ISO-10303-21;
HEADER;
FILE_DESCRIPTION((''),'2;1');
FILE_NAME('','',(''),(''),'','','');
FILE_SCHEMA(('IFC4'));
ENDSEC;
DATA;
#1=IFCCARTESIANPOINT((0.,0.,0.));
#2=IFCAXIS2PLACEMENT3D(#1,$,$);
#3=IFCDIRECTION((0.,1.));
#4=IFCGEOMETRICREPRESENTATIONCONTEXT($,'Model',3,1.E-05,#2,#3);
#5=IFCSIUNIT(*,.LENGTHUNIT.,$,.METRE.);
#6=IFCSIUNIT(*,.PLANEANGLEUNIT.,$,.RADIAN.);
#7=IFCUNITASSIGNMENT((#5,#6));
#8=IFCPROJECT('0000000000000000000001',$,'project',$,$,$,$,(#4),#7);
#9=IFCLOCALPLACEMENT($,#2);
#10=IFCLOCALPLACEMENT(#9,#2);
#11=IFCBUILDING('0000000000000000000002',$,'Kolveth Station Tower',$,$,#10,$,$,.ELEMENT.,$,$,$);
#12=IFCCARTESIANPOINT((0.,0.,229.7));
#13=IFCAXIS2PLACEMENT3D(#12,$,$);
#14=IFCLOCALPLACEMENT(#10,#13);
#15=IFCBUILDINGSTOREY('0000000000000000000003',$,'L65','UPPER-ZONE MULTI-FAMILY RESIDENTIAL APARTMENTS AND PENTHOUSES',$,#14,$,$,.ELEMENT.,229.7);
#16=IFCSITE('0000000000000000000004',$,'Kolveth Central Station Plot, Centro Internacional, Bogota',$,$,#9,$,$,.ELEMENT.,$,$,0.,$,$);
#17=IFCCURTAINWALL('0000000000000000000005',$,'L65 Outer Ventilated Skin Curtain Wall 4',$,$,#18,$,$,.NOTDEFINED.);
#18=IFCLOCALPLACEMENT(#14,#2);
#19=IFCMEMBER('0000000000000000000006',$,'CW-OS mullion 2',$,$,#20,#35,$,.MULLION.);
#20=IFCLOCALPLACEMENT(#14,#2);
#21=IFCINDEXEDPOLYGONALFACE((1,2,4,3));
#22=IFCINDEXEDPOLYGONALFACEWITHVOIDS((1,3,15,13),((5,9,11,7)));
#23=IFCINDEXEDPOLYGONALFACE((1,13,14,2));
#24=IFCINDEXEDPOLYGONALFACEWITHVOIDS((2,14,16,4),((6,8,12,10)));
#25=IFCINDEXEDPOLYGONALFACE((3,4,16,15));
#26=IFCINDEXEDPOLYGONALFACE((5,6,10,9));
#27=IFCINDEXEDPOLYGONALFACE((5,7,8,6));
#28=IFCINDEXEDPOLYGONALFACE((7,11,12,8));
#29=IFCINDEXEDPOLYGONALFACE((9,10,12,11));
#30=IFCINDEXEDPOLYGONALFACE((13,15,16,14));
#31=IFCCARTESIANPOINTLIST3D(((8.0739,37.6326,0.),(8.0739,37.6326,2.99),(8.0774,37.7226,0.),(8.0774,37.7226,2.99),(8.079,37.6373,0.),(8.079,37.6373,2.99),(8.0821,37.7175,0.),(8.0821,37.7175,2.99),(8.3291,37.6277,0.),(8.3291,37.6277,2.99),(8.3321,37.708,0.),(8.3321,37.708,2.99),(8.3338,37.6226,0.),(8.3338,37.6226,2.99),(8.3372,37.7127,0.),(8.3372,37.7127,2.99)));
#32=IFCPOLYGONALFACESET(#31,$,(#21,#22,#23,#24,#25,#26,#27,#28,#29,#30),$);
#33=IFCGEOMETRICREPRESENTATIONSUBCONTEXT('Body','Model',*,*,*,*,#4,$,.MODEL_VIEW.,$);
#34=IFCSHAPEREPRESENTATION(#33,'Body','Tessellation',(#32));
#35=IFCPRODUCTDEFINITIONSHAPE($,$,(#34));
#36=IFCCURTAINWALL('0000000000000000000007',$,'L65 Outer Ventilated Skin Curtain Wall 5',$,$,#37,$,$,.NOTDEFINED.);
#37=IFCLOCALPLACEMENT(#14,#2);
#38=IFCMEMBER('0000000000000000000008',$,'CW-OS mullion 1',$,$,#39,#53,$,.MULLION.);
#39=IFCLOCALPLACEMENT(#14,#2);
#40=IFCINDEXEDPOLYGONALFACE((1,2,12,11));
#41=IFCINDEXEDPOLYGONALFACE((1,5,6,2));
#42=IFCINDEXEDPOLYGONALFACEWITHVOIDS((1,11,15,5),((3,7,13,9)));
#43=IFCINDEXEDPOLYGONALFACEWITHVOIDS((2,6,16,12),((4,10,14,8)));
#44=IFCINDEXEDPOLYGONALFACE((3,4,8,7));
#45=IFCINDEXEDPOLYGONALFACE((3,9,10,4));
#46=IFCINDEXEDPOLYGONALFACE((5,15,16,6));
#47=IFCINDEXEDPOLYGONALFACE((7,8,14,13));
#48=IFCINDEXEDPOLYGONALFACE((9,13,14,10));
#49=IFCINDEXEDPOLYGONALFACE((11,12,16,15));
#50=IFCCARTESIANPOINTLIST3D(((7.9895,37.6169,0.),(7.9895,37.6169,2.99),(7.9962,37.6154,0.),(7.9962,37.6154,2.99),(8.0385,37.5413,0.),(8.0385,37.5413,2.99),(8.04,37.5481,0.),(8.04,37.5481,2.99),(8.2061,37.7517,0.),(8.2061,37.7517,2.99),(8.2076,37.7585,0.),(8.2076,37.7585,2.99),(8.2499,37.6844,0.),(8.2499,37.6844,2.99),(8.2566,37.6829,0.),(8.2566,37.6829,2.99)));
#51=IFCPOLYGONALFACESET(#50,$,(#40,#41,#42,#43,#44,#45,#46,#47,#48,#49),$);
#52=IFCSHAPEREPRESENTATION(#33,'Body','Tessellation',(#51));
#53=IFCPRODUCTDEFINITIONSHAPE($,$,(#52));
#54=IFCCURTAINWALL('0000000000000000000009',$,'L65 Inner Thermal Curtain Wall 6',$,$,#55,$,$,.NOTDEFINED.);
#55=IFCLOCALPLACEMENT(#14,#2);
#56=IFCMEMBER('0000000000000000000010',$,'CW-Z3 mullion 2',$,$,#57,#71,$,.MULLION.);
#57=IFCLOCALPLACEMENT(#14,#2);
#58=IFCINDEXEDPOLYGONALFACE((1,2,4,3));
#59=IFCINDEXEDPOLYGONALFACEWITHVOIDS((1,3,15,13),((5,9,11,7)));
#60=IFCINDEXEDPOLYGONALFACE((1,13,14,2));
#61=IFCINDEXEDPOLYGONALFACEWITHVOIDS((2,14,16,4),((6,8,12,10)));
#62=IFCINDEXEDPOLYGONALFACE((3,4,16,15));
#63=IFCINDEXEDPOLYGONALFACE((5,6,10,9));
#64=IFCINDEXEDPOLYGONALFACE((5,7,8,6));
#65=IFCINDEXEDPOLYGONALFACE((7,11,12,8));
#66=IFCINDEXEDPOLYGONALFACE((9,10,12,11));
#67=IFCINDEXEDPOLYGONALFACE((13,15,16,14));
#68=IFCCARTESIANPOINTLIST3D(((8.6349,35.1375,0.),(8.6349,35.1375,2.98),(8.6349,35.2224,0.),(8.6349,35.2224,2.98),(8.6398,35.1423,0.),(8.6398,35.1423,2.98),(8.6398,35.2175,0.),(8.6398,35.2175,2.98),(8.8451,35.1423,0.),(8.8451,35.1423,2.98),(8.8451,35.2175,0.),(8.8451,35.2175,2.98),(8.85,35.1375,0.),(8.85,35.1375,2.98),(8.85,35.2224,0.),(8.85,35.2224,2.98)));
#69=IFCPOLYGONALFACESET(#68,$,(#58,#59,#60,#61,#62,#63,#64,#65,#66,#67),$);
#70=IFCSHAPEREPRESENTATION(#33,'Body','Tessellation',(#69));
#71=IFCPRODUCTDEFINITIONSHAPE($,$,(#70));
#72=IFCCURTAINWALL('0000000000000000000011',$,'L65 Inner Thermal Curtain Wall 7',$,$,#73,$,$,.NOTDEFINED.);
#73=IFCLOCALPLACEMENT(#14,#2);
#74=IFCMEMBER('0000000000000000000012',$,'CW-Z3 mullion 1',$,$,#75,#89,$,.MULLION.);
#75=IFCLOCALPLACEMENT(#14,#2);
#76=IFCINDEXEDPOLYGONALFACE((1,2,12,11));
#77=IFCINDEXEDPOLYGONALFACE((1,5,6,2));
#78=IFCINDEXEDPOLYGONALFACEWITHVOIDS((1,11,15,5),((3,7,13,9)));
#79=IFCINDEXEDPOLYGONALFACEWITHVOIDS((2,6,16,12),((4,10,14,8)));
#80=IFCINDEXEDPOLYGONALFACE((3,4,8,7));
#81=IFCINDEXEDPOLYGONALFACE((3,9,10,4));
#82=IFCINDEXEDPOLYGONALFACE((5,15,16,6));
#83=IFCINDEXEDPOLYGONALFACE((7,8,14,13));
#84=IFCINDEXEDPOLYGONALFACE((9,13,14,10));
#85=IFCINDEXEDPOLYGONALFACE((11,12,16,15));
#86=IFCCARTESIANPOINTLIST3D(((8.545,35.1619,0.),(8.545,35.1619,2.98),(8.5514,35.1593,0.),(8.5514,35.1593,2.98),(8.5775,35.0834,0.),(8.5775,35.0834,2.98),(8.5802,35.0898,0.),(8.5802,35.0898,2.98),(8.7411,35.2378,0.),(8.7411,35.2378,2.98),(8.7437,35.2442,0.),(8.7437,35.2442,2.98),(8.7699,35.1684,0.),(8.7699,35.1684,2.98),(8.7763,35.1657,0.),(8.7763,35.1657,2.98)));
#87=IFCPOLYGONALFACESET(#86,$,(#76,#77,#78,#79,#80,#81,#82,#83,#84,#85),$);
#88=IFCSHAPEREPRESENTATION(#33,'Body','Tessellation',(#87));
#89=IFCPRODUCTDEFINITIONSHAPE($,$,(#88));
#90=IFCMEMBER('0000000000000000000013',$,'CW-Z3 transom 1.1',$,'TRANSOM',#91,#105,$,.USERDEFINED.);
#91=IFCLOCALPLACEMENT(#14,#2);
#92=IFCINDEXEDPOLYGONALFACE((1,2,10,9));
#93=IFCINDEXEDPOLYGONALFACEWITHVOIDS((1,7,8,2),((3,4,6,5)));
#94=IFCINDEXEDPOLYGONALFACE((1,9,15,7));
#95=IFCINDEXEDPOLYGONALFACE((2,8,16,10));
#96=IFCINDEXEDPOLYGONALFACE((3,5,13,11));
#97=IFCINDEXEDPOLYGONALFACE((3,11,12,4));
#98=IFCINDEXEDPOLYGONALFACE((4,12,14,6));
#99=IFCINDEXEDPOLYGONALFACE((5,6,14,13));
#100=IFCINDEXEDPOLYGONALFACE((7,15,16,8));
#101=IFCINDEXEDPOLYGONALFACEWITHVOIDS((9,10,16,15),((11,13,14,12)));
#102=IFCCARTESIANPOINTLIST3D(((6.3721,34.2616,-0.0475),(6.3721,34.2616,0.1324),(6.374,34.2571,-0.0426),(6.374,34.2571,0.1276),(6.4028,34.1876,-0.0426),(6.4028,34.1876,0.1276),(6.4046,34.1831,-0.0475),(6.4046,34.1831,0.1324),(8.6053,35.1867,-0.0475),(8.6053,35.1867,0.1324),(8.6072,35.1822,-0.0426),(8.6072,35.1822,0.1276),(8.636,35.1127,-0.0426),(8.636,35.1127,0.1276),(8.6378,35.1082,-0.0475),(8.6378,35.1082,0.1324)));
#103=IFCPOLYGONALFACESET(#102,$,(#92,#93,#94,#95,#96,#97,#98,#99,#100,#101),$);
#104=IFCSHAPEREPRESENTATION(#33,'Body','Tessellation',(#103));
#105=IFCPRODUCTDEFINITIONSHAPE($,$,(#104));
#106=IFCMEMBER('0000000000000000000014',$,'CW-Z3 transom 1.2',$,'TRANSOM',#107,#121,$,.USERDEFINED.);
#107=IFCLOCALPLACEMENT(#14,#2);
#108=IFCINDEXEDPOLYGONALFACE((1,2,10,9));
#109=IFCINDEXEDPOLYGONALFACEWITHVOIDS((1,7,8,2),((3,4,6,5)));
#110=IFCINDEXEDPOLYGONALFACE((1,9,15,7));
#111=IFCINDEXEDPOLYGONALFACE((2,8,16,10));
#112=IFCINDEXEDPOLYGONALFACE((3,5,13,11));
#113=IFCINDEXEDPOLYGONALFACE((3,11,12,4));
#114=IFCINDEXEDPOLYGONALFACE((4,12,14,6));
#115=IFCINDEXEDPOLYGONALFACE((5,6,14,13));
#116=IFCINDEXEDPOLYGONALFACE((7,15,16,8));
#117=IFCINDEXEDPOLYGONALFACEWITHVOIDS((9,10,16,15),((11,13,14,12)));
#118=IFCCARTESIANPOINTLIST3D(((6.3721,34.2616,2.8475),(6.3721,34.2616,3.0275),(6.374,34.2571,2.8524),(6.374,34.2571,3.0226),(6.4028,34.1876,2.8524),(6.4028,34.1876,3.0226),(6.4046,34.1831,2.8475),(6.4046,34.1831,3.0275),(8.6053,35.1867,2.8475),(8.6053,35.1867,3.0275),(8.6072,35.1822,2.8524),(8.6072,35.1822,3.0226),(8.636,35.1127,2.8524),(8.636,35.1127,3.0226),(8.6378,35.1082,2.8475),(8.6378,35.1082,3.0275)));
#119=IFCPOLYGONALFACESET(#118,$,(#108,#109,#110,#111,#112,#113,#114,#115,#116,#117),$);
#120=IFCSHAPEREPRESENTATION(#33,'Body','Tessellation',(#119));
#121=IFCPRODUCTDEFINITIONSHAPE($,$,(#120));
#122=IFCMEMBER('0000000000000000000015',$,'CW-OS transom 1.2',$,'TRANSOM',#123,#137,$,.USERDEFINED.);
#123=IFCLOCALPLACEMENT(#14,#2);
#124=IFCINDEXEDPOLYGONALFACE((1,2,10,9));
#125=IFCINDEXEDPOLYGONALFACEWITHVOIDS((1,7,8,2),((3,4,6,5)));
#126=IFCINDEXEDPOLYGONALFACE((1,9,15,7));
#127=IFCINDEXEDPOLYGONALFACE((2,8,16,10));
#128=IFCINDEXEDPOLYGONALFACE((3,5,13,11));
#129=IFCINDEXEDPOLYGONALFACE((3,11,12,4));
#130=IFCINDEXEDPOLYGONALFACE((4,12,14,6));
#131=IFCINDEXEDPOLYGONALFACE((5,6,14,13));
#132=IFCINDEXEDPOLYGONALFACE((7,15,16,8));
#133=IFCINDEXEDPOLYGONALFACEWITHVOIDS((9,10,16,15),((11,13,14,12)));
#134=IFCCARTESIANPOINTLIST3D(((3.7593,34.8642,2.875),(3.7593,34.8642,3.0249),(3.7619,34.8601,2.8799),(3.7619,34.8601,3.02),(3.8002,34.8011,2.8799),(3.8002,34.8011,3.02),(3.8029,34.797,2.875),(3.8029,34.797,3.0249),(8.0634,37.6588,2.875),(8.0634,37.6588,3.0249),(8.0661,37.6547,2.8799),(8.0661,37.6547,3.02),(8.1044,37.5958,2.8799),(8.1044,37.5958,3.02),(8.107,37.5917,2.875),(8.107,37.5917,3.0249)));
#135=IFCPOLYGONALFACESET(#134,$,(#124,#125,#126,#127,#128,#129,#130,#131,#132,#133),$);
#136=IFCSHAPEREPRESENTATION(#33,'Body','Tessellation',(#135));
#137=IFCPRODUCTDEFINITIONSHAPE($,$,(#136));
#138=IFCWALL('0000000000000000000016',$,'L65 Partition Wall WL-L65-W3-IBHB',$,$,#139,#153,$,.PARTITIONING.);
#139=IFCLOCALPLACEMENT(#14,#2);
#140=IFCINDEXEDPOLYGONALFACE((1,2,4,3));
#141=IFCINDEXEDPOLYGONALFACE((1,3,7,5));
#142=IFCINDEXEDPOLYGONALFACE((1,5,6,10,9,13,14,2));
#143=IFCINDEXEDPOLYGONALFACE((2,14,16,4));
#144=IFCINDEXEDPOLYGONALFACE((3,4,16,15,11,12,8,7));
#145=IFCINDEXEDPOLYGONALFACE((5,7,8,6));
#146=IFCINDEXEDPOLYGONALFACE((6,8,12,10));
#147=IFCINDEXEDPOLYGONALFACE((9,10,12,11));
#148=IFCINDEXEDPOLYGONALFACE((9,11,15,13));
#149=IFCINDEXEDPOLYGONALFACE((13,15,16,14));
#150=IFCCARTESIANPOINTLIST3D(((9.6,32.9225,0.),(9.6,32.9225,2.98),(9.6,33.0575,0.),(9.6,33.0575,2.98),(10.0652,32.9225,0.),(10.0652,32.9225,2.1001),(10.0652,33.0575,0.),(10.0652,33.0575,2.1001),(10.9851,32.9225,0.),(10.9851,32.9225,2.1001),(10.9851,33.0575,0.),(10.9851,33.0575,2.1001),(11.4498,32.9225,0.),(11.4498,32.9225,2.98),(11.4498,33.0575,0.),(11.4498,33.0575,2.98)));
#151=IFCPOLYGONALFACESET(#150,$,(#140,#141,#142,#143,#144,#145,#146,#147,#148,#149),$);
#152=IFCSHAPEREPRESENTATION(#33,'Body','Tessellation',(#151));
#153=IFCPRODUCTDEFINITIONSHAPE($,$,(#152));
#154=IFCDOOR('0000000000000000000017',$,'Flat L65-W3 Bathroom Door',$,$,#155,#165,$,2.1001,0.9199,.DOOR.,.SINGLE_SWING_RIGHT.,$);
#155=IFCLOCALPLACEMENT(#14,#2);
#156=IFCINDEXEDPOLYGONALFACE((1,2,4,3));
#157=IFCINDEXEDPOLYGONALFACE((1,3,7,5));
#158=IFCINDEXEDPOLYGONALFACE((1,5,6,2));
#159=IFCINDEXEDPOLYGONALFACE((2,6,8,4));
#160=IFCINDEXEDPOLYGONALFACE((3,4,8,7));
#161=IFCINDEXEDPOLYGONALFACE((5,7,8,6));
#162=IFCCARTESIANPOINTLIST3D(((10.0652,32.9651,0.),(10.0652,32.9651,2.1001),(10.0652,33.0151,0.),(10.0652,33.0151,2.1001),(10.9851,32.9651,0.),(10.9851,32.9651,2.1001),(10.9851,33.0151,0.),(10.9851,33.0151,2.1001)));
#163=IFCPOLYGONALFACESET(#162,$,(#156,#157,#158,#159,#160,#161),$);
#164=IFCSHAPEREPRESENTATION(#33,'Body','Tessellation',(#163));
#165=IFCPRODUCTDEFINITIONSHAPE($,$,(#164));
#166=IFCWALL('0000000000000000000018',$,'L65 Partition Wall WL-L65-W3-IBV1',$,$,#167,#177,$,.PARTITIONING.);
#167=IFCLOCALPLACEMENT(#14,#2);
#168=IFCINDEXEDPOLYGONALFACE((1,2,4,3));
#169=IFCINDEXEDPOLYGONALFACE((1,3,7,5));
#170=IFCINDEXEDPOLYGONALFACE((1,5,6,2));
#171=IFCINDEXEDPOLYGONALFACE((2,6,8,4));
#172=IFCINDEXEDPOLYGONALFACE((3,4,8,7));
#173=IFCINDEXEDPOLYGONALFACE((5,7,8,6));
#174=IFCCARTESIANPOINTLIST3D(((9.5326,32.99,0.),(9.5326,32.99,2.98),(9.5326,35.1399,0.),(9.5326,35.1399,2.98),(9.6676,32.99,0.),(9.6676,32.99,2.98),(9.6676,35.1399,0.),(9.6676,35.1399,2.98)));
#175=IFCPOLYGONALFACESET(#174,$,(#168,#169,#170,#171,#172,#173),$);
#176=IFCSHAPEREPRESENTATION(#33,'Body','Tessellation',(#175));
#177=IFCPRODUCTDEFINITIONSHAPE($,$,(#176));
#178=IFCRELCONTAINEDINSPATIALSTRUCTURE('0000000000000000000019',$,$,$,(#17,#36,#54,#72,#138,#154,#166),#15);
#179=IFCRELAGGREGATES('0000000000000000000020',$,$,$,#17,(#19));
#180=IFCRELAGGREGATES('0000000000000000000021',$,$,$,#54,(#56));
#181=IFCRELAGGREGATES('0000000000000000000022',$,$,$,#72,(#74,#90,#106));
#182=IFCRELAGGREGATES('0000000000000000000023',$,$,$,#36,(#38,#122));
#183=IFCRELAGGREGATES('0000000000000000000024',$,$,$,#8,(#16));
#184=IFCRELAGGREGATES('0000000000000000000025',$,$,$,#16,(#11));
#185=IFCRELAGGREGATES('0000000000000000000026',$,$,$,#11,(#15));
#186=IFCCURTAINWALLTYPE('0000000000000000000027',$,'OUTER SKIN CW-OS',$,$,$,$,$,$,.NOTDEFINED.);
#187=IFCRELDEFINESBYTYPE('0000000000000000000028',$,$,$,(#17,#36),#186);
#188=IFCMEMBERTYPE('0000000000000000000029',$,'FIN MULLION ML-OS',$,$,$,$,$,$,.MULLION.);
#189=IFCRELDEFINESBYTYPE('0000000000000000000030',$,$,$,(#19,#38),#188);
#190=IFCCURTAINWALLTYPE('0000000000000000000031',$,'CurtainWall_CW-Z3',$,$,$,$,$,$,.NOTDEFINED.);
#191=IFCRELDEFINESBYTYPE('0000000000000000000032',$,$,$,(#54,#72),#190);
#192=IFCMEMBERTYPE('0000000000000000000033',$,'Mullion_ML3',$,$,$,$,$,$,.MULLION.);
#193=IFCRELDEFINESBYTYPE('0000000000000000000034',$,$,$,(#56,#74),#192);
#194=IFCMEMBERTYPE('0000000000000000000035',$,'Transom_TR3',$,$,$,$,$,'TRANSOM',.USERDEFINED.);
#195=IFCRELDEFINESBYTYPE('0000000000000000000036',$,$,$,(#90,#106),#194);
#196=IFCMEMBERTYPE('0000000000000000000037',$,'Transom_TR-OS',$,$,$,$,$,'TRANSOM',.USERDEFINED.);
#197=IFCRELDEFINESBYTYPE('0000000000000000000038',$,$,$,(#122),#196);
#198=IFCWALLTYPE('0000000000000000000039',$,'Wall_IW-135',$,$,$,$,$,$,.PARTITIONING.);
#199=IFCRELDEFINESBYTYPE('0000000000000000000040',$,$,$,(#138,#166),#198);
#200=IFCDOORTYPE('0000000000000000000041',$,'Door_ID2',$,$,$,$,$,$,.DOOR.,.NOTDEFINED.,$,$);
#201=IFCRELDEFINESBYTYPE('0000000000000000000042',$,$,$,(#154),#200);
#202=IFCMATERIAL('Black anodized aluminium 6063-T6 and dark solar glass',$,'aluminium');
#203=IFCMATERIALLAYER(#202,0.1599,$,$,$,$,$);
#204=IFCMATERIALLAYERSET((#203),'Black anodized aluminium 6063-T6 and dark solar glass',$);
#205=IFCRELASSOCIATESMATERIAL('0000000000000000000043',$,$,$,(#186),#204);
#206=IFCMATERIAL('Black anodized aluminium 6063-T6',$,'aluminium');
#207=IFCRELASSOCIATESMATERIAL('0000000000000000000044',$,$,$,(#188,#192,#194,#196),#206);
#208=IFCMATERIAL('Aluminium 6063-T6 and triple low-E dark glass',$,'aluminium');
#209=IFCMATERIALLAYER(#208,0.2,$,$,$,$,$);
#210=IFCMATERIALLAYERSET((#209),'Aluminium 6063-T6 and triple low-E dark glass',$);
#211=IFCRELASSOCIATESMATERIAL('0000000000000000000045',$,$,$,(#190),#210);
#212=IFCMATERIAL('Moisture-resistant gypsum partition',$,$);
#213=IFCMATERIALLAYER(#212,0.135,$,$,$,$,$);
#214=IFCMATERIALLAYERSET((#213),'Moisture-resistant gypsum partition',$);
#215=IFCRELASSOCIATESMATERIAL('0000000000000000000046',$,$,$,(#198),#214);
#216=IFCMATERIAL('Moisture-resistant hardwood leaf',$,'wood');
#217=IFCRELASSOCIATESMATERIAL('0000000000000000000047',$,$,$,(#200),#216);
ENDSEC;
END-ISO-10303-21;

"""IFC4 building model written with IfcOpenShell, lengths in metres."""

from ifc_helpers import new_model, si_unit, direction, frame, frame_2d, origin, origin_2d, place, context, subcontext, project, spatial, rectangle, hollow_rectangle, extrude, source, transform, mapped, material, layer, layer_set, material_profile, profile_set, type_object, element, fill, aggregate, save


model = new_model("IFC4")

# Units and contexts
model_context = context("Model", 3, precision=1e-05, world=origin(), true_north=direction((0.0, 1.0)))
body_context = subcontext(model_context, "Body", "Model", "MODEL_VIEW")
ifc_project = project(units=[si_unit("LENGTHUNIT", "METRE"), si_unit("PLANEANGLEUNIT", "RADIAN")], contexts=[model_context])

# Site, building, storey
site_placement = place(None, origin())
site = spatial("IfcSite", under=ifc_project, at=site_placement, Name="Kolveth Central Station Plot, Centro Internacional, Bogota", CompositionType="ELEMENT", RefElevation=0.0)
building_placement = place(site_placement, origin())
building = spatial("IfcBuilding", under=site, at=building_placement, Name="Kolveth Station Tower", CompositionType="ELEMENT")
storey_placement = place(building_placement, frame((0.0, 0.0, 229.7)))
storey = spatial("IfcBuildingStorey", under=building, at=storey_placement, Name="L65", Description="UPPER-ZONE MULTI-FAMILY RESIDENTIAL APARTMENTS AND PENTHOUSES", CompositionType="ELEMENT", Elevation=229.7)

# Curtain walls, members
ifc_material_1 = material(Name="Black anodized aluminium 6063-T6 and dark solar glass", Category="aluminium")
ifc_layer_1 = layer(ifc_material_1, 0.1599)
ifc_layer_set_1 = layer_set([ifc_layer_1], Name="Black anodized aluminium 6063-T6 and dark solar glass")
curtain_wall_type_1 = type_object("IfcCurtainWallType", Name="OUTER SKIN CW-OS", PredefinedType="NOTDEFINED", material=ifc_layer_set_1)
curtain_wall_1_placement = place(storey_placement, origin())
curtain_wall_1 = element("IfcCurtainWall", 1, at=curtain_wall_1_placement, inside=storey, type_object=curtain_wall_type_1, Name="L65 Outer Ventilated Skin Curtain Wall 4", PredefinedType="NOTDEFINED")
ifc_material_2 = material(Name="Black anodized aluminium 6063-T6", Category="aluminium")
ifc_material_profile_1 = material_profile(ifc_material_2, hollow_rectangle(XDim=0.0901, YDim=0.26, WallThickness=0.0049, at=origin_2d()), Name="ALU-90x260x5")
ifc_profile_set_1 = profile_set([ifc_material_profile_1], Name="Black anodized aluminium 6063-T6")
member_type_1 = type_object("IfcMemberType", Name="FIN MULLION ML-OS", PredefinedType="MULLION", material=ifc_profile_set_1)
shared_shape_1 = source(origin(), body_context, "Body", "SweptSolid", [
    extrude(hollow_rectangle(XDim=0.0901, YDim=0.26, WallThickness=0.0049, at=origin_2d()), origin(), (0.0, 0.0, 1.0), 2.99),
])
member_1_placement = place(storey_placement, frame((8.2056, 37.6726, 0.0), z_axis=(0.0, 0.0, 1.0), x_axis=(-0.038177, -0.999271, 0.0)))
member_1 = element("IfcMember", 2, at=member_1_placement, type_object=member_type_1, Name="CW-OS mullion 2", PredefinedType="MULLION", context=body_context, shape_type="MappedRepresentation", body=[
    mapped(shared_shape_1, transform((0.0, 0.0, 0.0), x_axis=(1.0, 0.0, 0.0), y_axis=(0.0, 1.0, 0.0), z_axis=(0.0, 0.0, 1.0), scale=1.0)),
])
aggregate(curtain_wall_1, [member_1])
curtain_wall_2_placement = place(storey_placement, origin())
curtain_wall_2 = element("IfcCurtainWall", 3, at=curtain_wall_2_placement, inside=storey, type_object=curtain_wall_type_1, Name="L65 Outer Ventilated Skin Curtain Wall 5", PredefinedType="NOTDEFINED")
member_2_placement = place(storey_placement, frame((8.123, 37.6499, 0.0), z_axis=(0.0, 0.0, 1.0), x_axis=(0.544567, -0.838717, 0.0)))
member_2 = element("IfcMember", 4, at=member_2_placement, type_object=member_type_1, Name="CW-OS mullion 1", PredefinedType="MULLION", context=body_context, shape_type="MappedRepresentation", body=[
    mapped(shared_shape_1, transform((0.0, 0.0, 0.0), x_axis=(1.0, 0.0, 0.0), y_axis=(0.0, 1.0, 0.0), z_axis=(0.0, 0.0, 1.0), scale=1.0)),
])
ifc_material_3 = material(Name="Aluminium 6063-T6 and triple low-E dark glass", Category="aluminium")
ifc_layer_2 = layer(ifc_material_3, 0.2)
ifc_layer_set_2 = layer_set([ifc_layer_2], Name="Aluminium 6063-T6 and triple low-E dark glass")
curtain_wall_type_2 = type_object("IfcCurtainWallType", Name="CurtainWall_CW-Z3", PredefinedType="NOTDEFINED", material=ifc_layer_set_2)
curtain_wall_3_placement = place(storey_placement, origin())
curtain_wall_3 = element("IfcCurtainWall", 5, at=curtain_wall_3_placement, inside=storey, type_object=curtain_wall_type_2, Name="L65 Inner Thermal Curtain Wall 6", PredefinedType="NOTDEFINED")
ifc_material_profile_2 = material_profile(ifc_material_2, hollow_rectangle(XDim=0.085, YDim=0.2151, WallThickness=0.0049, at=origin_2d()), Name="ALU-85x215x5")
ifc_profile_set_2 = profile_set([ifc_material_profile_2], Name="Black anodized aluminium 6063-T6")
member_type_2 = type_object("IfcMemberType", Name="Mullion_ML3", PredefinedType="MULLION", material=ifc_profile_set_2)
shared_shape_2 = source(origin(), body_context, "Body", "SweptSolid", [
    extrude(hollow_rectangle(XDim=0.085, YDim=0.2151, WallThickness=0.0049, at=origin_2d()), origin(), (0.0, 0.0, 1.0), 2.98),
])
member_3_placement = place(storey_placement, frame((8.7424, 35.1799, 0.0), z_axis=(0.0, 0.0, 1.0), x_axis=(0.0, -1.0, 0.0)))
member_3 = element("IfcMember", 6, at=member_3_placement, type_object=member_type_2, Name="CW-Z3 mullion 2", PredefinedType="MULLION", context=body_context, shape_type="MappedRepresentation", body=[
    mapped(shared_shape_2, transform((0.0, 0.0, 0.0), x_axis=(1.0, 0.0, 0.0), y_axis=(0.0, 1.0, 0.0), z_axis=(0.0, 0.0, 1.0), scale=1.0)),
])
aggregate(curtain_wall_3, [member_3])

# Curtain wall, members
curtain_wall_4_placement = place(storey_placement, origin())
curtain_wall_4 = element("IfcCurtainWall", 7, at=curtain_wall_4_placement, inside=storey, type_object=curtain_wall_type_2, Name="L65 Inner Thermal Curtain Wall 7", PredefinedType="NOTDEFINED")
member_4_placement = place(storey_placement, frame((8.6606, 35.1638, 0.0), z_axis=(0.0, 0.0, 1.0), x_axis=(0.382693, -0.923875, 0.0)))
member_4 = element("IfcMember", 8, at=member_4_placement, type_object=member_type_2, Name="CW-Z3 mullion 1", PredefinedType="MULLION", context=body_context, shape_type="MappedRepresentation", body=[
    mapped(shared_shape_2, transform((0.0, 0.0, 0.0), x_axis=(1.0, 0.0, 0.0), y_axis=(0.0, 1.0, 0.0), z_axis=(0.0, 0.0, 1.0), scale=1.0)),
])
ifc_material_profile_3 = material_profile(ifc_material_2, hollow_rectangle(XDim=0.085, YDim=0.1799, WallThickness=0.0049, at=origin_2d()), Name="ALU-85x180x5")
ifc_profile_set_3 = profile_set([ifc_material_profile_3], Name="Black anodized aluminium 6063-T6")
member_type_3 = type_object("IfcMemberType", Name="Transom_TR3", ElementType="TRANSOM", PredefinedType="USERDEFINED", material=ifc_profile_set_3)
shared_shape_3 = source(origin(), body_context, "Body", "SweptSolid", [
    extrude(hollow_rectangle(XDim=0.085, YDim=0.1799, WallThickness=0.0049, at=origin_2d()), origin(), (0.0, 0.0, 1.0), 2.4172),
])
member_5_placement = place(storey_placement, frame((8.6216, 35.1475, 0.0425), z_axis=(-0.923873, -0.3827, 0.0), x_axis=(0.3827, -0.923873, 0.0)))
member_5 = element("IfcMember", 9, at=member_5_placement, type_object=member_type_3, Name="CW-Z3 transom 1.1", ObjectType="TRANSOM", PredefinedType="USERDEFINED", context=body_context, shape_type="MappedRepresentation", body=[
    mapped(shared_shape_3, transform((0.0, 0.0, 0.0), x_axis=(1.0, 0.0, 0.0), y_axis=(0.0, 1.0, 0.0), z_axis=(0.0, 0.0, 1.0), scale=1.0)),
])
member_6_placement = place(storey_placement, frame((8.6216, 35.1475, 2.9375), z_axis=(-0.923873, -0.3827, 0.0), x_axis=(0.3827, -0.923873, 0.0)))
member_6 = element("IfcMember", 10, at=member_6_placement, type_object=member_type_3, Name="CW-Z3 transom 1.2", ObjectType="TRANSOM", PredefinedType="USERDEFINED", context=body_context, shape_type="MappedRepresentation", body=[
    mapped(shared_shape_3, transform((0.0, 0.0, 0.0), x_axis=(1.0, 0.0, 0.0), y_axis=(0.0, 1.0, 0.0), z_axis=(0.0, 0.0, 1.0), scale=1.0)),
])
aggregate(curtain_wall_4, [member_4, member_5, member_6])

# Member
ifc_material_profile_4 = material_profile(ifc_material_2, hollow_rectangle(XDim=0.0801, YDim=0.1499, WallThickness=0.0049, at=origin_2d()), Name="ALU-80x150x5")
ifc_profile_set_4 = profile_set([ifc_material_profile_4], Name="Black anodized aluminium 6063-T6")
member_type_4 = type_object("IfcMemberType", Name="Transom_TR-OS", ElementType="TRANSOM", PredefinedType="USERDEFINED", material=ifc_profile_set_4)
shared_shape_4 = source(origin(), body_context, "Body", "SweptSolid", [
    extrude(hollow_rectangle(XDim=0.0801, YDim=0.1499, WallThickness=0.0049, at=origin_2d()), origin(), (0.0, 0.0, 1.0), 5.1318),
])
member_7_placement = place(storey_placement, frame((8.0852, 37.6252, 2.95), z_axis=(-0.838715, -0.54457, 0.0), x_axis=(0.54457, -0.838715, 0.0)))
member_7 = element("IfcMember", 11, at=member_7_placement, type_object=member_type_4, Name="CW-OS transom 1.2", ObjectType="TRANSOM", PredefinedType="USERDEFINED", context=body_context, shape_type="MappedRepresentation", body=[
    mapped(shared_shape_4, transform((0.0, 0.0, 0.0), x_axis=(1.0, 0.0, 0.0), y_axis=(0.0, 1.0, 0.0), z_axis=(0.0, 0.0, 1.0), scale=1.0)),
])
aggregate(curtain_wall_2, [member_2, member_7])

# Wall, opening, door
ifc_material_4 = material(Name="Moisture-resistant gypsum partition")
ifc_layer_3 = layer(ifc_material_4, 0.135)
ifc_layer_set_3 = layer_set([ifc_layer_3], Name="Moisture-resistant gypsum partition")
wall_type_1 = type_object("IfcWallType", Name="Wall_IW-135", PredefinedType="PARTITIONING", material=ifc_layer_set_3)
wall_1_placement = place(storey_placement, frame((9.6001, 32.99, 0.0), z_axis=(0.0, 0.0, 1.0), x_axis=(1.0, 0.0, 0.0)))
wall_1 = element("IfcWall", 12, at=wall_1_placement, inside=storey, type_object=wall_type_1, Name="L65 Partition Wall WL-L65-W3-IBHB", PredefinedType="PARTITIONING", context=body_context, shape_type="SweptSolid", body=[
    extrude(rectangle(XDim=1.8499, YDim=0.135, at=frame_2d((0.9248, 0.0))), origin(), (0.0, 0.0, 1.0), 2.98),
])
opening_1_placement = place(wall_1_placement, frame((0.4651, 0.0, 0.0)))
opening_1 = element("IfcOpeningElement", 13, at=opening_1_placement, cuts=wall_1, PredefinedType="OPENING", context=body_context, shape_type="SweptSolid", body=[
    extrude(rectangle(XDim=0.9199, YDim=2.1001, at=frame_2d((0.46, 1.05))), frame((0.0, 0.0774, 0.0), z_axis=(0.0, -1.0, 0.0), x_axis=(1.0, 0.0, 0.0)), (0.0, 0.0, 1.0), 0.155),
])
ifc_material_5 = material(Name="Moisture-resistant hardwood leaf", Category="wood")
door_type_1 = type_object("IfcDoorType", Name="Door_ID2", OperationType="NOTDEFINED", PredefinedType="DOOR", material=ifc_material_5)
door_1_placement = place(opening_1_placement, frame((0.9199, 0.0, 0.0), z_axis=(0.0, 0.0, 1.0), x_axis=(-1.0, 0.0, 0.0)))
door_1 = element("IfcDoor", 14, at=door_1_placement, inside=storey, type_object=door_type_1, Name="Flat L65-W3 Bathroom Door", OperationType="SINGLE_SWING_RIGHT", OverallHeight=2.1001, OverallWidth=0.9199, PredefinedType="DOOR", context=body_context, shape_type="SweptSolid", body=[
    extrude(rectangle(XDim=0.9199, YDim=2.1001, at=frame_2d((0.46, 1.05))), frame((0.0, 0.0249, 0.0), z_axis=(0.0, -1.0, 0.0), x_axis=(1.0, 0.0, 0.0)), (0.0, 0.0, 1.0), 0.05),
])
fill(opening_1, door_1)

# Wall
for number, where, z_axis, x_axis, name in (
    (15, (9.6001, 32.99, 0.0), (0.0, 0.0, 1.0), (0.0, 1.0, 0.0), "L65 Partition Wall WL-L65-W3-IBV1"),
):
    element("IfcWall", number, at=place(storey_placement, frame(where, z_axis=z_axis, x_axis=x_axis)), inside=storey, type_object=wall_type_1, Name=name, PredefinedType="PARTITIONING", context=body_context, shape_type="SweptSolid", body=[
        extrude(rectangle(XDim=2.1499, YDim=0.135, at=frame_2d((1.075, 0.0))), origin(), (0.0, 0.0, 1.0), 2.98),
    ])

save(model, "model.ifc")
